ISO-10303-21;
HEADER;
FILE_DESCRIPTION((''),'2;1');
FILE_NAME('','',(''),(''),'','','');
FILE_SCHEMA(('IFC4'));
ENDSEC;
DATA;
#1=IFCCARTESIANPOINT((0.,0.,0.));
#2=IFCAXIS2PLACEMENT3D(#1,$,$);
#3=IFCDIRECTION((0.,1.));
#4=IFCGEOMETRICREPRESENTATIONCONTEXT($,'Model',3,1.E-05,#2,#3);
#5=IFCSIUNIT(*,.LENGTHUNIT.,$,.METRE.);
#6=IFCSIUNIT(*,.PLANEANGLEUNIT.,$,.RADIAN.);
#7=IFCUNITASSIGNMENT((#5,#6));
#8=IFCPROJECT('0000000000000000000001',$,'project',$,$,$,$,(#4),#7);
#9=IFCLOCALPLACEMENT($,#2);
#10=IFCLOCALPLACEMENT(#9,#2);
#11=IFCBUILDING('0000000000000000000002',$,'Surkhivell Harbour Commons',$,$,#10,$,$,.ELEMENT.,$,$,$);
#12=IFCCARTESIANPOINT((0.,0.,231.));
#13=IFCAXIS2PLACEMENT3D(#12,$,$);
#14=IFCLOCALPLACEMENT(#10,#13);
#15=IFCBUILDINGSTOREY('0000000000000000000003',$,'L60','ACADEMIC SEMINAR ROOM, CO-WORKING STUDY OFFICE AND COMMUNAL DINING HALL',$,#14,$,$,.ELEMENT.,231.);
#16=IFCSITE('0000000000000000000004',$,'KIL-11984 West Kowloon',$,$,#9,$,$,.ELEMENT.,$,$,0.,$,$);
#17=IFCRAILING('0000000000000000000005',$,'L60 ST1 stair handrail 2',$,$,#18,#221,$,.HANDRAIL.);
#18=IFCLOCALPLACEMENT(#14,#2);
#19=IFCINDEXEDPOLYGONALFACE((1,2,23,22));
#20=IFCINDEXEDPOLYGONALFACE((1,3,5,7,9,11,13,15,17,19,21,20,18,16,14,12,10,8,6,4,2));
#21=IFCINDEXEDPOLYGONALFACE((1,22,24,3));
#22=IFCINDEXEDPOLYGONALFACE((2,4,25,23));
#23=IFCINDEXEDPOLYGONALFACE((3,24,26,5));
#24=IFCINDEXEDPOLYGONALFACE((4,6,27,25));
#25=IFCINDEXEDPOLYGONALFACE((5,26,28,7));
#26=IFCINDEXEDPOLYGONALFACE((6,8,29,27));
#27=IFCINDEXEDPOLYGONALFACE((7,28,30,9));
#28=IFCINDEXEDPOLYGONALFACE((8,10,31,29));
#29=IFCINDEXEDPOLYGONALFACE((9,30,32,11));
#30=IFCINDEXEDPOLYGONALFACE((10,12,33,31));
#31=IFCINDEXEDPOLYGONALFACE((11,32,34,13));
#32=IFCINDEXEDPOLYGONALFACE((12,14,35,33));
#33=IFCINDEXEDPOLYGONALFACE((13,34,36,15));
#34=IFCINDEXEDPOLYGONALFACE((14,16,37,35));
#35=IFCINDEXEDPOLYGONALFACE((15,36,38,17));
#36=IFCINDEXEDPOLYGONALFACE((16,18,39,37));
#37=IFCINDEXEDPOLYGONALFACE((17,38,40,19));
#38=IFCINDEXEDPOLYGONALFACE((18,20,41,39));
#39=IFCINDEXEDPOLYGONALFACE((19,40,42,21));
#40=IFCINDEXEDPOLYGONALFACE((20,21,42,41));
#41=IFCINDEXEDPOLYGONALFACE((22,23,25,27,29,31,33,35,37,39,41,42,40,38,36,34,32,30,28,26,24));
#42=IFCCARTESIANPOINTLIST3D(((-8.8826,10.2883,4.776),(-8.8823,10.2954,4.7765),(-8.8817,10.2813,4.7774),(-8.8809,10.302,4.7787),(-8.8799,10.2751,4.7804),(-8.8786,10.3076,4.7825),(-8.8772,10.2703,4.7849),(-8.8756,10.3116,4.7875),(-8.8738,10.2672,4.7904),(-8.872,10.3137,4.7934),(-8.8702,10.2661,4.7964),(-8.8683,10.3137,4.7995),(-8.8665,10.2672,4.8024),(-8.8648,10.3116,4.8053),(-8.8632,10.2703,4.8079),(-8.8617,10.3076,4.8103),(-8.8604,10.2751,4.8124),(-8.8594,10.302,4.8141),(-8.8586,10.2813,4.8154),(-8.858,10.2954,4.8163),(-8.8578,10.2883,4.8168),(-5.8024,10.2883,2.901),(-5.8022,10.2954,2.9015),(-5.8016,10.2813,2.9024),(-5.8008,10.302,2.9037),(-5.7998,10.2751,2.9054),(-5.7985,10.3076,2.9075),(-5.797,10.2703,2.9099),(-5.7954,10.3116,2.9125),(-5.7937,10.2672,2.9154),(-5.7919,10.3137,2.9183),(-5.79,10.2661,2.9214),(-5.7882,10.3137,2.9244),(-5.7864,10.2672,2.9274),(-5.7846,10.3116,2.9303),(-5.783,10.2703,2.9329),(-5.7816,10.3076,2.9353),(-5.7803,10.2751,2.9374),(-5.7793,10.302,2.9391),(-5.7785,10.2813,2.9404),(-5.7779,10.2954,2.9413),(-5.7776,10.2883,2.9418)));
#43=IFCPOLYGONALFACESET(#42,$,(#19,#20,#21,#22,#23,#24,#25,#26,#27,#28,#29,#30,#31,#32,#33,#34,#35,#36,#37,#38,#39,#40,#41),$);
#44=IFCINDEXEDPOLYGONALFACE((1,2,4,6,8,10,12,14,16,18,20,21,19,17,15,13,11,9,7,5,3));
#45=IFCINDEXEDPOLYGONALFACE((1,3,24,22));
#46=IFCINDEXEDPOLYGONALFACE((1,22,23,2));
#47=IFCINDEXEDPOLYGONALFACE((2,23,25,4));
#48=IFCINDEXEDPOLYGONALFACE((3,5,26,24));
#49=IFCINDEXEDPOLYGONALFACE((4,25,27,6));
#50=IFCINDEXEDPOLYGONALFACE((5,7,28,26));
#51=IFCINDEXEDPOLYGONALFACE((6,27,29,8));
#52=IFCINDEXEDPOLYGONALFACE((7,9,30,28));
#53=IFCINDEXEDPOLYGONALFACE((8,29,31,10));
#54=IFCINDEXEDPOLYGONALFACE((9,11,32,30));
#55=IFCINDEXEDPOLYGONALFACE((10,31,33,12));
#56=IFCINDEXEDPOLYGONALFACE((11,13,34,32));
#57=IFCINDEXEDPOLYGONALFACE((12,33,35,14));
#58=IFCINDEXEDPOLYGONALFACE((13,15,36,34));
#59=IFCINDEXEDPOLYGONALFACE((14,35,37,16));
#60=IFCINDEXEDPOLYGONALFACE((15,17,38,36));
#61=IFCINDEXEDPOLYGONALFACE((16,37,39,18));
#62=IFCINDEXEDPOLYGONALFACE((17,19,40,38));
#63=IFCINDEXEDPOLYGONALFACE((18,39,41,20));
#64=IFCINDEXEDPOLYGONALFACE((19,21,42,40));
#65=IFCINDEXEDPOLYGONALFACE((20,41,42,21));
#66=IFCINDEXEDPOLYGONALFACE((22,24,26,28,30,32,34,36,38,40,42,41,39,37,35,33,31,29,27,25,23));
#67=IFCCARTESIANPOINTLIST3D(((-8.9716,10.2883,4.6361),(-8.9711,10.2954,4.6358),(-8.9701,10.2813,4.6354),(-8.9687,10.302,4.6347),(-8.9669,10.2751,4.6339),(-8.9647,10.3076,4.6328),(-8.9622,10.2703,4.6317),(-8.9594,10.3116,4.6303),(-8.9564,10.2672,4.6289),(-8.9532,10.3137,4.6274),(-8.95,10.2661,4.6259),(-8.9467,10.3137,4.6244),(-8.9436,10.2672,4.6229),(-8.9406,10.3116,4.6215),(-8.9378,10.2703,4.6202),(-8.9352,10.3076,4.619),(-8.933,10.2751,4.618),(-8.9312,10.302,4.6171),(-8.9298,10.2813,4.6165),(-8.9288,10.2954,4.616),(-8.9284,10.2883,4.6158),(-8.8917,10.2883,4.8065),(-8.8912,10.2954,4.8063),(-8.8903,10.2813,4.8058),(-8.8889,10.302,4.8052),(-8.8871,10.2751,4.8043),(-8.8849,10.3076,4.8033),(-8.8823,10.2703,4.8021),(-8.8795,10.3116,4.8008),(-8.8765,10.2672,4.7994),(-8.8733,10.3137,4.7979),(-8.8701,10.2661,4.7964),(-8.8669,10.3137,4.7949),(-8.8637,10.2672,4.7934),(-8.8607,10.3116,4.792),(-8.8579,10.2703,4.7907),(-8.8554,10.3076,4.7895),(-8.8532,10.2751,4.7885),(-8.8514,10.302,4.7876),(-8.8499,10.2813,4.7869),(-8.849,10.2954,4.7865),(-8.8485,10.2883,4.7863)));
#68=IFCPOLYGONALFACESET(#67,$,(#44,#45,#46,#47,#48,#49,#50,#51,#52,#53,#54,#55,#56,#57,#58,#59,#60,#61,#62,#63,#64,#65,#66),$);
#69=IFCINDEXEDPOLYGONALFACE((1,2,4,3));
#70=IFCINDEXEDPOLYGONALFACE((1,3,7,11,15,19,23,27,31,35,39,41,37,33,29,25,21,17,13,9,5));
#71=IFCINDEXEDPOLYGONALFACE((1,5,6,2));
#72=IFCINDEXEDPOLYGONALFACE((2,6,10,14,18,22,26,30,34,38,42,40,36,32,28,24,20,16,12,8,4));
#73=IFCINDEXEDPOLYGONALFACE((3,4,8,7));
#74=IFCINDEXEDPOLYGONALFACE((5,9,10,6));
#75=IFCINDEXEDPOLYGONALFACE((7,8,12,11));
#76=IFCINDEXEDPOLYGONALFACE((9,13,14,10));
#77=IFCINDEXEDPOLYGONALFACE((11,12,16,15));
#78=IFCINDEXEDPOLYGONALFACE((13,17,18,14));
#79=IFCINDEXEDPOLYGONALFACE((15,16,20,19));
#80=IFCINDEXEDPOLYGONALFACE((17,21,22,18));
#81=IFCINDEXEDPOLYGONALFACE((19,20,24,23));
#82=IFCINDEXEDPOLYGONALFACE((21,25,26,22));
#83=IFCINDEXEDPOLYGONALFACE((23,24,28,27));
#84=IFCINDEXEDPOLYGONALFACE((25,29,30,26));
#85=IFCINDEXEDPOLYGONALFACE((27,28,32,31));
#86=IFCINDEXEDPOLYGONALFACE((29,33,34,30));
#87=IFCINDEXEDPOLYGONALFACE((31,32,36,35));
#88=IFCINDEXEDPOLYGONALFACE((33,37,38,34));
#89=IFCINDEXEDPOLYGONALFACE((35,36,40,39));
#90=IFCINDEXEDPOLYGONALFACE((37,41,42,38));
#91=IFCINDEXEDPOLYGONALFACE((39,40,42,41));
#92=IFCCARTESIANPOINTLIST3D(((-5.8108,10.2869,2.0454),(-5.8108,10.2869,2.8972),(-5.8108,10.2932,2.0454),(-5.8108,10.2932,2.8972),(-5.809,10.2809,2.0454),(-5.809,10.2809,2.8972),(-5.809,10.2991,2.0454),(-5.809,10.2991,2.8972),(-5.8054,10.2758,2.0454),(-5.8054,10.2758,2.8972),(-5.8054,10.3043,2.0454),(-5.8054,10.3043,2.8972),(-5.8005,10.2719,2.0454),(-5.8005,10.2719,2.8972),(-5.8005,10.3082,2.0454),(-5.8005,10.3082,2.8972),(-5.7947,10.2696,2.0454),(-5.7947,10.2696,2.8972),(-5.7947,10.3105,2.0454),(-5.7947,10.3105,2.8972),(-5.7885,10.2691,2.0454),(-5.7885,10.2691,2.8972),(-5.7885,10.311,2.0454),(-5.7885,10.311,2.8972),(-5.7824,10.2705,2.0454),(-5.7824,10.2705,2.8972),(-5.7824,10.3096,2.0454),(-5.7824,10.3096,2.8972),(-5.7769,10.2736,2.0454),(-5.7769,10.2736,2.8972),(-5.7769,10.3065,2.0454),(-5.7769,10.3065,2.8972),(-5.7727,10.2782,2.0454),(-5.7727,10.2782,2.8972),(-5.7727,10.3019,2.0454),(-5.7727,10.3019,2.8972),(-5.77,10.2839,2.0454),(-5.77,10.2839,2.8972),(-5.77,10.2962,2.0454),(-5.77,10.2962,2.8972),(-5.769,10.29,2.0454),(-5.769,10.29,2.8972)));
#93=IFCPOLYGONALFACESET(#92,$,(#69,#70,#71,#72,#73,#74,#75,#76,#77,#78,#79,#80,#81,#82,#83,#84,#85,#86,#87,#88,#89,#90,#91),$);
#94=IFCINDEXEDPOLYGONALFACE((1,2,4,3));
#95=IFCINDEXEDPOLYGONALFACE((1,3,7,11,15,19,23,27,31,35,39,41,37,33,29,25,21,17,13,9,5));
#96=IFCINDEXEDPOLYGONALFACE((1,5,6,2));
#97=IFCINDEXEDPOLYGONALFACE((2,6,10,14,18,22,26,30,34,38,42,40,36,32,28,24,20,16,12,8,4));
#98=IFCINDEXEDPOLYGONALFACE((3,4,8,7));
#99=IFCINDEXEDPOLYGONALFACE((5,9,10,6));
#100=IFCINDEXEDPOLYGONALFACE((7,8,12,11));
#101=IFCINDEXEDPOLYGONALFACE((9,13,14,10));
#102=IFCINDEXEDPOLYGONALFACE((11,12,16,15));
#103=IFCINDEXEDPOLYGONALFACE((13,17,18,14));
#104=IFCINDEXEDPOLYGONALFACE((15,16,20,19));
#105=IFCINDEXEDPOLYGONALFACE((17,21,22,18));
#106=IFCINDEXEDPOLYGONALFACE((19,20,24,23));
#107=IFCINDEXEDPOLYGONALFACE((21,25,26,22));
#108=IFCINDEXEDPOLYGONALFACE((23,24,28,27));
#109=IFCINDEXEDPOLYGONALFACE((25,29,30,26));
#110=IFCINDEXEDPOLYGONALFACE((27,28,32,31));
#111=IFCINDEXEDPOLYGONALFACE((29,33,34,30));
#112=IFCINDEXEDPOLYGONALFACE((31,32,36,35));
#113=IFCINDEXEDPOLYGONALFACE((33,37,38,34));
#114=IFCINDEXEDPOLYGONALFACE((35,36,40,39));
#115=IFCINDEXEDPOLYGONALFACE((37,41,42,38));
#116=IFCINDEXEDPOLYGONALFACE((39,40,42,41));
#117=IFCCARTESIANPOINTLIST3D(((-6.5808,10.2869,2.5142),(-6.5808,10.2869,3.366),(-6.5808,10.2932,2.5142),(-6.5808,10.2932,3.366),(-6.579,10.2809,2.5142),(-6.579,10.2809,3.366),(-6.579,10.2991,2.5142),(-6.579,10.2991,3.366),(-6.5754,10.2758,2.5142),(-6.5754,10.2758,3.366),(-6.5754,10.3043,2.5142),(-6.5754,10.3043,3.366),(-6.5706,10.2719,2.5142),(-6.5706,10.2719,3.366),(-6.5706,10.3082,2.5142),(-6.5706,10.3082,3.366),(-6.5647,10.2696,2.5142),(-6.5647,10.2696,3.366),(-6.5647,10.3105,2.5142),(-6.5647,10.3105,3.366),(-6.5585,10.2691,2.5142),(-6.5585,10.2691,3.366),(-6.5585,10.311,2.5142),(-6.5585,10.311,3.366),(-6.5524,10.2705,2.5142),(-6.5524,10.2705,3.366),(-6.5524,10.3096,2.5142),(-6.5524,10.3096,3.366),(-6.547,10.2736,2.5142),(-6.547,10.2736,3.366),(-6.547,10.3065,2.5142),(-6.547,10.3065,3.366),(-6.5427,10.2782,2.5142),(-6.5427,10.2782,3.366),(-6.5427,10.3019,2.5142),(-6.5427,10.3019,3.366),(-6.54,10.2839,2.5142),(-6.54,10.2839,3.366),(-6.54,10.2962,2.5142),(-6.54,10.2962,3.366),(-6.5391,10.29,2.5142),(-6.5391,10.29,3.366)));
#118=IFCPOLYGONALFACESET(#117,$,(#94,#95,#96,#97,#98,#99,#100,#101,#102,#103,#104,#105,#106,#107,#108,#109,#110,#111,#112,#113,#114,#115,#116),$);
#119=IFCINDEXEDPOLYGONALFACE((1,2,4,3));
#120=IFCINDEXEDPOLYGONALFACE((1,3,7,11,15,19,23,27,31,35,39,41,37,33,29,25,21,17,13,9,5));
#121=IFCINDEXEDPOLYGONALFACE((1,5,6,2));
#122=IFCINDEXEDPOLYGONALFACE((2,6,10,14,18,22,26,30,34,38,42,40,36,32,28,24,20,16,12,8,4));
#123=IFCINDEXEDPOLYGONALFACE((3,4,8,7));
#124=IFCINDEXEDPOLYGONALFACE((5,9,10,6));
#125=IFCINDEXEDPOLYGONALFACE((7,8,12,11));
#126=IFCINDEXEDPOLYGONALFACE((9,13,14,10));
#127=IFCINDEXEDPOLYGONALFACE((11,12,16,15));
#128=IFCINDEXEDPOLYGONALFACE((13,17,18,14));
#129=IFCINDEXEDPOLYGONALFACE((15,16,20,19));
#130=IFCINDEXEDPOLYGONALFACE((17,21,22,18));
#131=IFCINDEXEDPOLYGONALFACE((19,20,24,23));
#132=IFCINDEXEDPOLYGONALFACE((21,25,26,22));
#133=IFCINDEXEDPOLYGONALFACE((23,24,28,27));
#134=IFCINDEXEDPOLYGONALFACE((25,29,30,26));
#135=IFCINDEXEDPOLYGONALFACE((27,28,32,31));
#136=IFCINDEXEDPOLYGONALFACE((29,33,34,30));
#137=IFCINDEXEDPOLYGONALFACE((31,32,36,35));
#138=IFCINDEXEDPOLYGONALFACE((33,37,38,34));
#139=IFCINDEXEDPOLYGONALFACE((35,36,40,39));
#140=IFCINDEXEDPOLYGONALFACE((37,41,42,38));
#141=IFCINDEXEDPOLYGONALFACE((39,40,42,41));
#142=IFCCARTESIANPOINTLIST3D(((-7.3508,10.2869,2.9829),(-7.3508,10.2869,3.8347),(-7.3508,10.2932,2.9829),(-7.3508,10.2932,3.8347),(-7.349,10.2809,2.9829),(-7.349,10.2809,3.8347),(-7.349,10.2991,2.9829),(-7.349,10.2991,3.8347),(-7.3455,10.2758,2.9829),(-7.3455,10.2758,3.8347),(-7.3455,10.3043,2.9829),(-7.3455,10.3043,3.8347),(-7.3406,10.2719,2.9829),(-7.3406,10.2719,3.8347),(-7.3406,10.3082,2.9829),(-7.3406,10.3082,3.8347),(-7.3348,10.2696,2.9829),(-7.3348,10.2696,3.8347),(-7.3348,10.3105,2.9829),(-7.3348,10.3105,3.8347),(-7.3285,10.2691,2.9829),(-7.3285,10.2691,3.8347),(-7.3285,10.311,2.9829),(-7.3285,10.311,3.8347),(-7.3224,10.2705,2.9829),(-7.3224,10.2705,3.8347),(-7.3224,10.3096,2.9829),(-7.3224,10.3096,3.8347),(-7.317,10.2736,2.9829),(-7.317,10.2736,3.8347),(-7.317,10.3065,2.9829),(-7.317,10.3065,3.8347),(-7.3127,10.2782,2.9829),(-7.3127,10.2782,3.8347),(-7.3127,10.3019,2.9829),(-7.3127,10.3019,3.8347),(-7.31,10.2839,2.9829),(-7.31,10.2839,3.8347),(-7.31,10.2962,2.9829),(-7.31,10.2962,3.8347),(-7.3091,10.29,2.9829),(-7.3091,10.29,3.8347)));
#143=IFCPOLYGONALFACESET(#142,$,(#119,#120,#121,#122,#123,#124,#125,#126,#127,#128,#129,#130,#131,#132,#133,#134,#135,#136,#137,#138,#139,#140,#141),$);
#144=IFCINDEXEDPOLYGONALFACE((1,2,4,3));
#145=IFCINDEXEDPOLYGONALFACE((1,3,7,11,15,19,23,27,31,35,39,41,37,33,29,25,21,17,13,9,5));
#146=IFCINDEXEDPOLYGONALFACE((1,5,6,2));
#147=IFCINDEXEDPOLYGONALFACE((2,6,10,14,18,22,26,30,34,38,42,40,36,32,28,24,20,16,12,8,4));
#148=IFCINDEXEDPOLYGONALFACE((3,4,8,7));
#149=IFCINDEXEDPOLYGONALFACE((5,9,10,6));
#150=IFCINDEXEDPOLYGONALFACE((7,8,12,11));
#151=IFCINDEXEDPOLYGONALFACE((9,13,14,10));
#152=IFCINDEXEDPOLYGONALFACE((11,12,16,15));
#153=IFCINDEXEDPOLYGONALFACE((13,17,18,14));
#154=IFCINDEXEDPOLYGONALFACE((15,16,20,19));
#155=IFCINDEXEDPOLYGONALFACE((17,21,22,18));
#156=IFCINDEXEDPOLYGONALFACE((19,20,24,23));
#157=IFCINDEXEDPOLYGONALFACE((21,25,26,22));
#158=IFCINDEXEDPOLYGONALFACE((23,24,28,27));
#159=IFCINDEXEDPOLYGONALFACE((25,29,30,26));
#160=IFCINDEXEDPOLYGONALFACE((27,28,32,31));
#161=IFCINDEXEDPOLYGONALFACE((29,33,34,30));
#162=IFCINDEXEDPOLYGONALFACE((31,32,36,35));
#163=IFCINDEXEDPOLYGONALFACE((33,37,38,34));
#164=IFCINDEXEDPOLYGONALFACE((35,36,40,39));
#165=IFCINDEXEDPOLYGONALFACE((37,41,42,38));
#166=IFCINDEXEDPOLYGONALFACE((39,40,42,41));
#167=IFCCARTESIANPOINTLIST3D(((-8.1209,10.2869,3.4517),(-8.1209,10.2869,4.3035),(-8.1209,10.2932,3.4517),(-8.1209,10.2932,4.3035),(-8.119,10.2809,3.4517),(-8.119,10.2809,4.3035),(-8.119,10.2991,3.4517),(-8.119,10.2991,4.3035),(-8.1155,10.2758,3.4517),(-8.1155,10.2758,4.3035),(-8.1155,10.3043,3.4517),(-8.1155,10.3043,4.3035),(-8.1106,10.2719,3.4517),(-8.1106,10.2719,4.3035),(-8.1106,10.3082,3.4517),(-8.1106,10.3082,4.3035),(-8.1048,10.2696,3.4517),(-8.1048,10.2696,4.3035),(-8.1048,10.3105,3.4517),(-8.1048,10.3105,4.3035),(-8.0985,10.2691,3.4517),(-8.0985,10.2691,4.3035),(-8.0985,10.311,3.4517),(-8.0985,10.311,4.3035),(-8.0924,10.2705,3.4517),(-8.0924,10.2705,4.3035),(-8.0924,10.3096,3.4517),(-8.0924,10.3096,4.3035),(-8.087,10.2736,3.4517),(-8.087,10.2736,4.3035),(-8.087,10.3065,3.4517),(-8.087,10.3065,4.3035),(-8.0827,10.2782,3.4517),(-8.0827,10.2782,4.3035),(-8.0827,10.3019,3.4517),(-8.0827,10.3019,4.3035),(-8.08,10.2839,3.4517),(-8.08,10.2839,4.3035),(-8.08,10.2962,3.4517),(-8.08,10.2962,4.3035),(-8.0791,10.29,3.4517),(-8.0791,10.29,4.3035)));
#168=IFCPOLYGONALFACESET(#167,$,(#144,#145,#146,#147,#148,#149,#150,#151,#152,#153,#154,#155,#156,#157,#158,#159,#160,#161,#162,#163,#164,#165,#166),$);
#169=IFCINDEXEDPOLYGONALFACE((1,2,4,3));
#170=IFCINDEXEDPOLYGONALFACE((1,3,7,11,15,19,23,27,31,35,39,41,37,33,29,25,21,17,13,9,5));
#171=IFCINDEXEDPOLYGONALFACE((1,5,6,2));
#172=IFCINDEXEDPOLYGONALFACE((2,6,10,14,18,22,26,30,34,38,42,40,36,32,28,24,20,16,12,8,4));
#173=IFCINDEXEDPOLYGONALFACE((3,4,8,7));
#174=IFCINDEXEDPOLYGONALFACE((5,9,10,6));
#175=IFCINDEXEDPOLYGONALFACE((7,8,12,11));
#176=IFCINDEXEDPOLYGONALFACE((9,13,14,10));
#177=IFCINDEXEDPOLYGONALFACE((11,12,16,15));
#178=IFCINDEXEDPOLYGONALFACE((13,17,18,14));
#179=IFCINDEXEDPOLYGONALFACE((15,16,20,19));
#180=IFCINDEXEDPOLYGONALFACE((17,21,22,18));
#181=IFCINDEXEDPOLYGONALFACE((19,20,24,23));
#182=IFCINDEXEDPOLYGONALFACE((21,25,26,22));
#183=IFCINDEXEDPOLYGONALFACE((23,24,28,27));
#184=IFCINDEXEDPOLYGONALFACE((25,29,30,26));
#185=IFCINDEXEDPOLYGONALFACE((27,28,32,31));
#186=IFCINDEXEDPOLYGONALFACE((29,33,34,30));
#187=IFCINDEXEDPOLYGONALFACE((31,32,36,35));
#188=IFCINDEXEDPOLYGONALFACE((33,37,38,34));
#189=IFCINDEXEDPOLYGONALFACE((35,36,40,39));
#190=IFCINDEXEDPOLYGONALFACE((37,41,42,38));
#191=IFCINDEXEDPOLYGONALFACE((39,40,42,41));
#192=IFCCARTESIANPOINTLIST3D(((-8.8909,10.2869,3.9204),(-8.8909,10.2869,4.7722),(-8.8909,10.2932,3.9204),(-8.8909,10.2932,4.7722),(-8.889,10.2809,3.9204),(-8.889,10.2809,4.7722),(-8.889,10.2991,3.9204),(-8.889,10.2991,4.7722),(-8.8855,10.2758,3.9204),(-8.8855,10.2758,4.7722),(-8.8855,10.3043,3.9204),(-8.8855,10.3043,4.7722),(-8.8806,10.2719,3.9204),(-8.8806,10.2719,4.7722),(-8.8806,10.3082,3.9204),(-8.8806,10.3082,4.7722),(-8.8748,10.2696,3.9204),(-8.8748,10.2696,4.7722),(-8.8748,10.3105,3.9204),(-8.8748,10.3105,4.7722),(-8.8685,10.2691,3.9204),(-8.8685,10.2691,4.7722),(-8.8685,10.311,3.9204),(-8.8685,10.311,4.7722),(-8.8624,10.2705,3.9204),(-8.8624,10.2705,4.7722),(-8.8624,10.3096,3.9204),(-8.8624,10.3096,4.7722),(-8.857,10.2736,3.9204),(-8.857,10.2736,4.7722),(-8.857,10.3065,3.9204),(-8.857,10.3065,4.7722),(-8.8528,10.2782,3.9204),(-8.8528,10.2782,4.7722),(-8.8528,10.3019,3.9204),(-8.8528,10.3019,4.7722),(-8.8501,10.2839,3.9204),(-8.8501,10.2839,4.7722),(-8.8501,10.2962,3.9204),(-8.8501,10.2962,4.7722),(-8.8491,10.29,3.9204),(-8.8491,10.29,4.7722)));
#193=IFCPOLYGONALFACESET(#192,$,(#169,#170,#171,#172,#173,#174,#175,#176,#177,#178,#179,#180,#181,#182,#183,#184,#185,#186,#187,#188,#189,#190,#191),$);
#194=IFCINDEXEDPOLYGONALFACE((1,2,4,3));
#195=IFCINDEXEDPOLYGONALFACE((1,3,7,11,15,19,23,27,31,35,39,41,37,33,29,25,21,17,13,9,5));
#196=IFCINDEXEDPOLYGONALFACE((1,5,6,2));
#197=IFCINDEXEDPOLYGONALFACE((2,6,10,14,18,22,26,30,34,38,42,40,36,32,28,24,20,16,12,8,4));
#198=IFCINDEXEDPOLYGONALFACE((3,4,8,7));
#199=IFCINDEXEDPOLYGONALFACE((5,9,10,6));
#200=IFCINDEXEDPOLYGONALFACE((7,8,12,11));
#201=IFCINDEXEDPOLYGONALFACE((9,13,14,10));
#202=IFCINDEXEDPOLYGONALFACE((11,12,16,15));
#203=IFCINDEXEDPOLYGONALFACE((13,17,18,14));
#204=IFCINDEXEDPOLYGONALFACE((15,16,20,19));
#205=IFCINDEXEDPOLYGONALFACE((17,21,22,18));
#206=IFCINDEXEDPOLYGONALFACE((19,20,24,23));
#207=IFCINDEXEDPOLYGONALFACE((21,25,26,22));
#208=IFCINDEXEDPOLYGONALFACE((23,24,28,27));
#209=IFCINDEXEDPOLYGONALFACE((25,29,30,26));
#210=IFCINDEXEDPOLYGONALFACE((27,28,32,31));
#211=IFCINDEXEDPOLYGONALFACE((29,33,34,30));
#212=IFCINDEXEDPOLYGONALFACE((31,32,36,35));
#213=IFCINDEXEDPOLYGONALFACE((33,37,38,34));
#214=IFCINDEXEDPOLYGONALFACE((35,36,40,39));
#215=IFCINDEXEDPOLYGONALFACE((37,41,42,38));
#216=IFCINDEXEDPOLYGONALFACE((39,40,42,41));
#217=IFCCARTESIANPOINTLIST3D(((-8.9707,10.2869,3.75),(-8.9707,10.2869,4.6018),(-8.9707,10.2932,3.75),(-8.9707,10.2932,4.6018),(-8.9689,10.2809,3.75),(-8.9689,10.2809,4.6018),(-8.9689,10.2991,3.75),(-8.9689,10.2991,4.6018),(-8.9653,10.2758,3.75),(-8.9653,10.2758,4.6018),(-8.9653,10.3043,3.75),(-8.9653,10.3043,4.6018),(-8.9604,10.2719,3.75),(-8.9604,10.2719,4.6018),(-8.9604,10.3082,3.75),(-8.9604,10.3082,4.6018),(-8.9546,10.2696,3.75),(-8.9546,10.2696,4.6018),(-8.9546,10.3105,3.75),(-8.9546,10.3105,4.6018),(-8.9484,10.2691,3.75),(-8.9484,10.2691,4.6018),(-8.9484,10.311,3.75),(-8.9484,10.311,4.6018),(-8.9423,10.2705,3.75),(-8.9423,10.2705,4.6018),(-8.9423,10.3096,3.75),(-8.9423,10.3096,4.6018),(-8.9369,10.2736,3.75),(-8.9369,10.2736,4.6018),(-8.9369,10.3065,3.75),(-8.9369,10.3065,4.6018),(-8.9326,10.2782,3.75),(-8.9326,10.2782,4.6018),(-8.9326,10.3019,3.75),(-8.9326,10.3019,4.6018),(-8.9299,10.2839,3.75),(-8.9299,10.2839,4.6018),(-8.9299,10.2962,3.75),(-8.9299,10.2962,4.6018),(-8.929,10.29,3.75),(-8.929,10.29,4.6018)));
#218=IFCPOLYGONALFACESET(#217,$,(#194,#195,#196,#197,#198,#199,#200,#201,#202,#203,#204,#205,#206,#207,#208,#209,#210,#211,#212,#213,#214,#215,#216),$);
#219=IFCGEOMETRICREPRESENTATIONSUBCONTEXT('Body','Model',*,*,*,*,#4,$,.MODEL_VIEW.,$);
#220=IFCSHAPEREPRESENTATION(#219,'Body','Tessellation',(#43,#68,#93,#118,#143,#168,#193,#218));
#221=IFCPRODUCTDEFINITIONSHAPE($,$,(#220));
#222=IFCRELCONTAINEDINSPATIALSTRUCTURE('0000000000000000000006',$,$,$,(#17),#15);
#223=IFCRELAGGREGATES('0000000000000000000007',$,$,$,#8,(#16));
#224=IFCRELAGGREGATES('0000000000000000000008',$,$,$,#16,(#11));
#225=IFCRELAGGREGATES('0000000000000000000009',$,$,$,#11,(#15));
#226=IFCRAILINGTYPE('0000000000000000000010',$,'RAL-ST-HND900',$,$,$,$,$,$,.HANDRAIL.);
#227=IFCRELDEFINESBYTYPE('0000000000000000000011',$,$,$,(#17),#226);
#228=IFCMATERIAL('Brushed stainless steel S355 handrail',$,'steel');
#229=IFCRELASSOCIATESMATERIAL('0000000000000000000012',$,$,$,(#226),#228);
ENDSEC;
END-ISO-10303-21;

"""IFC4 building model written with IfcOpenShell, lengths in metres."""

from ifc_helpers import new_model, si_unit, direction, frame, origin, origin_2d, place, context, subcontext, project, spatial, circle, extrude, material, type_object, element, save


model = new_model("IFC4")

# Units and contexts
model_context = context("Model", 3, precision=1e-05, world=origin(), true_north=direction((0.0, 1.0)))
body_context = subcontext(model_context, "Body", "Model", "MODEL_VIEW")
ifc_project = project(units=[si_unit("LENGTHUNIT", "METRE"), si_unit("PLANEANGLEUNIT", "RADIAN")], contexts=[model_context])

# Site, building, storey
site_placement = place(None, origin())
site = spatial("IfcSite", under=ifc_project, at=site_placement, Name="KIL-11984 West Kowloon", CompositionType="ELEMENT", RefElevation=0.0)
building_placement = place(site_placement, origin())
building = spatial("IfcBuilding", under=site, at=building_placement, Name="Surkhivell Harbour Commons", CompositionType="ELEMENT")
storey_placement = place(building_placement, frame((0.0, 0.0, 231.0)))
storey = spatial("IfcBuildingStorey", under=building, at=storey_placement, Name="L60", Description="ACADEMIC SEMINAR ROOM, CO-WORKING STUDY OFFICE AND COMMUNAL DINING HALL", CompositionType="ELEMENT", Elevation=231.0)

# Railing
ifc_material_1 = material(Name="Brushed stainless steel S355 handrail", Category="steel")
railing_type_1 = type_object("IfcRailingType", Name="RAL-ST-HND900", PredefinedType="HANDRAIL", material=ifc_material_1)
railing_1_placement = place(storey_placement, frame((-5.79, 10.29, 2.0454)))
element("IfcRailing", 1, at=railing_1_placement, inside=storey, type_object=railing_type_1, Name="L60 ST1 stair handrail 2", PredefinedType="HANDRAIL", context=body_context, shape_type="SweptSolid", body=[
    extrude(circle(Radius=0.0239, at=origin_2d()), frame((0.0, 0.0, 0.876), z_axis=(-0.854178, 0.0, 0.519981), x_axis=(0.0, -1.0, 0.0)), (0.0, 0.0, 1.0), 3.606),
    extrude(circle(Radius=0.0239, at=origin_2d()), frame((-3.0801, 0.0, 2.751), z_axis=(-0.424234, 0.0, -0.905552), x_axis=(0.0, -1.0, 0.0)), (0.0, 0.0, 1.0), 0.1882),
    extrude(circle(Radius=0.021, at=origin_2d()), origin(), (0.0, 0.0, 1.0), 0.8518),
    extrude(circle(Radius=0.021, at=origin_2d()), frame((-0.77, 0.0, 0.4688)), (0.0, 0.0, 1.0), 0.8518),
    extrude(circle(Radius=0.021, at=origin_2d()), frame((-1.54, 0.0, 0.9375)), (0.0, 0.0, 1.0), 0.8518),
    extrude(circle(Radius=0.021, at=origin_2d()), frame((-2.3101, 0.0, 1.4062)), (0.0, 0.0, 1.0), 0.8518),
    extrude(circle(Radius=0.021, at=origin_2d()), frame((-3.0801, 0.0, 1.875)), (0.0, 0.0, 1.0), 0.8518),
    extrude(circle(Radius=0.021, at=origin_2d()), frame((-3.1599, 0.0, 1.7046)), (0.0, 0.0, 1.0), 0.8518),
])

save(model, "model.ifc")
